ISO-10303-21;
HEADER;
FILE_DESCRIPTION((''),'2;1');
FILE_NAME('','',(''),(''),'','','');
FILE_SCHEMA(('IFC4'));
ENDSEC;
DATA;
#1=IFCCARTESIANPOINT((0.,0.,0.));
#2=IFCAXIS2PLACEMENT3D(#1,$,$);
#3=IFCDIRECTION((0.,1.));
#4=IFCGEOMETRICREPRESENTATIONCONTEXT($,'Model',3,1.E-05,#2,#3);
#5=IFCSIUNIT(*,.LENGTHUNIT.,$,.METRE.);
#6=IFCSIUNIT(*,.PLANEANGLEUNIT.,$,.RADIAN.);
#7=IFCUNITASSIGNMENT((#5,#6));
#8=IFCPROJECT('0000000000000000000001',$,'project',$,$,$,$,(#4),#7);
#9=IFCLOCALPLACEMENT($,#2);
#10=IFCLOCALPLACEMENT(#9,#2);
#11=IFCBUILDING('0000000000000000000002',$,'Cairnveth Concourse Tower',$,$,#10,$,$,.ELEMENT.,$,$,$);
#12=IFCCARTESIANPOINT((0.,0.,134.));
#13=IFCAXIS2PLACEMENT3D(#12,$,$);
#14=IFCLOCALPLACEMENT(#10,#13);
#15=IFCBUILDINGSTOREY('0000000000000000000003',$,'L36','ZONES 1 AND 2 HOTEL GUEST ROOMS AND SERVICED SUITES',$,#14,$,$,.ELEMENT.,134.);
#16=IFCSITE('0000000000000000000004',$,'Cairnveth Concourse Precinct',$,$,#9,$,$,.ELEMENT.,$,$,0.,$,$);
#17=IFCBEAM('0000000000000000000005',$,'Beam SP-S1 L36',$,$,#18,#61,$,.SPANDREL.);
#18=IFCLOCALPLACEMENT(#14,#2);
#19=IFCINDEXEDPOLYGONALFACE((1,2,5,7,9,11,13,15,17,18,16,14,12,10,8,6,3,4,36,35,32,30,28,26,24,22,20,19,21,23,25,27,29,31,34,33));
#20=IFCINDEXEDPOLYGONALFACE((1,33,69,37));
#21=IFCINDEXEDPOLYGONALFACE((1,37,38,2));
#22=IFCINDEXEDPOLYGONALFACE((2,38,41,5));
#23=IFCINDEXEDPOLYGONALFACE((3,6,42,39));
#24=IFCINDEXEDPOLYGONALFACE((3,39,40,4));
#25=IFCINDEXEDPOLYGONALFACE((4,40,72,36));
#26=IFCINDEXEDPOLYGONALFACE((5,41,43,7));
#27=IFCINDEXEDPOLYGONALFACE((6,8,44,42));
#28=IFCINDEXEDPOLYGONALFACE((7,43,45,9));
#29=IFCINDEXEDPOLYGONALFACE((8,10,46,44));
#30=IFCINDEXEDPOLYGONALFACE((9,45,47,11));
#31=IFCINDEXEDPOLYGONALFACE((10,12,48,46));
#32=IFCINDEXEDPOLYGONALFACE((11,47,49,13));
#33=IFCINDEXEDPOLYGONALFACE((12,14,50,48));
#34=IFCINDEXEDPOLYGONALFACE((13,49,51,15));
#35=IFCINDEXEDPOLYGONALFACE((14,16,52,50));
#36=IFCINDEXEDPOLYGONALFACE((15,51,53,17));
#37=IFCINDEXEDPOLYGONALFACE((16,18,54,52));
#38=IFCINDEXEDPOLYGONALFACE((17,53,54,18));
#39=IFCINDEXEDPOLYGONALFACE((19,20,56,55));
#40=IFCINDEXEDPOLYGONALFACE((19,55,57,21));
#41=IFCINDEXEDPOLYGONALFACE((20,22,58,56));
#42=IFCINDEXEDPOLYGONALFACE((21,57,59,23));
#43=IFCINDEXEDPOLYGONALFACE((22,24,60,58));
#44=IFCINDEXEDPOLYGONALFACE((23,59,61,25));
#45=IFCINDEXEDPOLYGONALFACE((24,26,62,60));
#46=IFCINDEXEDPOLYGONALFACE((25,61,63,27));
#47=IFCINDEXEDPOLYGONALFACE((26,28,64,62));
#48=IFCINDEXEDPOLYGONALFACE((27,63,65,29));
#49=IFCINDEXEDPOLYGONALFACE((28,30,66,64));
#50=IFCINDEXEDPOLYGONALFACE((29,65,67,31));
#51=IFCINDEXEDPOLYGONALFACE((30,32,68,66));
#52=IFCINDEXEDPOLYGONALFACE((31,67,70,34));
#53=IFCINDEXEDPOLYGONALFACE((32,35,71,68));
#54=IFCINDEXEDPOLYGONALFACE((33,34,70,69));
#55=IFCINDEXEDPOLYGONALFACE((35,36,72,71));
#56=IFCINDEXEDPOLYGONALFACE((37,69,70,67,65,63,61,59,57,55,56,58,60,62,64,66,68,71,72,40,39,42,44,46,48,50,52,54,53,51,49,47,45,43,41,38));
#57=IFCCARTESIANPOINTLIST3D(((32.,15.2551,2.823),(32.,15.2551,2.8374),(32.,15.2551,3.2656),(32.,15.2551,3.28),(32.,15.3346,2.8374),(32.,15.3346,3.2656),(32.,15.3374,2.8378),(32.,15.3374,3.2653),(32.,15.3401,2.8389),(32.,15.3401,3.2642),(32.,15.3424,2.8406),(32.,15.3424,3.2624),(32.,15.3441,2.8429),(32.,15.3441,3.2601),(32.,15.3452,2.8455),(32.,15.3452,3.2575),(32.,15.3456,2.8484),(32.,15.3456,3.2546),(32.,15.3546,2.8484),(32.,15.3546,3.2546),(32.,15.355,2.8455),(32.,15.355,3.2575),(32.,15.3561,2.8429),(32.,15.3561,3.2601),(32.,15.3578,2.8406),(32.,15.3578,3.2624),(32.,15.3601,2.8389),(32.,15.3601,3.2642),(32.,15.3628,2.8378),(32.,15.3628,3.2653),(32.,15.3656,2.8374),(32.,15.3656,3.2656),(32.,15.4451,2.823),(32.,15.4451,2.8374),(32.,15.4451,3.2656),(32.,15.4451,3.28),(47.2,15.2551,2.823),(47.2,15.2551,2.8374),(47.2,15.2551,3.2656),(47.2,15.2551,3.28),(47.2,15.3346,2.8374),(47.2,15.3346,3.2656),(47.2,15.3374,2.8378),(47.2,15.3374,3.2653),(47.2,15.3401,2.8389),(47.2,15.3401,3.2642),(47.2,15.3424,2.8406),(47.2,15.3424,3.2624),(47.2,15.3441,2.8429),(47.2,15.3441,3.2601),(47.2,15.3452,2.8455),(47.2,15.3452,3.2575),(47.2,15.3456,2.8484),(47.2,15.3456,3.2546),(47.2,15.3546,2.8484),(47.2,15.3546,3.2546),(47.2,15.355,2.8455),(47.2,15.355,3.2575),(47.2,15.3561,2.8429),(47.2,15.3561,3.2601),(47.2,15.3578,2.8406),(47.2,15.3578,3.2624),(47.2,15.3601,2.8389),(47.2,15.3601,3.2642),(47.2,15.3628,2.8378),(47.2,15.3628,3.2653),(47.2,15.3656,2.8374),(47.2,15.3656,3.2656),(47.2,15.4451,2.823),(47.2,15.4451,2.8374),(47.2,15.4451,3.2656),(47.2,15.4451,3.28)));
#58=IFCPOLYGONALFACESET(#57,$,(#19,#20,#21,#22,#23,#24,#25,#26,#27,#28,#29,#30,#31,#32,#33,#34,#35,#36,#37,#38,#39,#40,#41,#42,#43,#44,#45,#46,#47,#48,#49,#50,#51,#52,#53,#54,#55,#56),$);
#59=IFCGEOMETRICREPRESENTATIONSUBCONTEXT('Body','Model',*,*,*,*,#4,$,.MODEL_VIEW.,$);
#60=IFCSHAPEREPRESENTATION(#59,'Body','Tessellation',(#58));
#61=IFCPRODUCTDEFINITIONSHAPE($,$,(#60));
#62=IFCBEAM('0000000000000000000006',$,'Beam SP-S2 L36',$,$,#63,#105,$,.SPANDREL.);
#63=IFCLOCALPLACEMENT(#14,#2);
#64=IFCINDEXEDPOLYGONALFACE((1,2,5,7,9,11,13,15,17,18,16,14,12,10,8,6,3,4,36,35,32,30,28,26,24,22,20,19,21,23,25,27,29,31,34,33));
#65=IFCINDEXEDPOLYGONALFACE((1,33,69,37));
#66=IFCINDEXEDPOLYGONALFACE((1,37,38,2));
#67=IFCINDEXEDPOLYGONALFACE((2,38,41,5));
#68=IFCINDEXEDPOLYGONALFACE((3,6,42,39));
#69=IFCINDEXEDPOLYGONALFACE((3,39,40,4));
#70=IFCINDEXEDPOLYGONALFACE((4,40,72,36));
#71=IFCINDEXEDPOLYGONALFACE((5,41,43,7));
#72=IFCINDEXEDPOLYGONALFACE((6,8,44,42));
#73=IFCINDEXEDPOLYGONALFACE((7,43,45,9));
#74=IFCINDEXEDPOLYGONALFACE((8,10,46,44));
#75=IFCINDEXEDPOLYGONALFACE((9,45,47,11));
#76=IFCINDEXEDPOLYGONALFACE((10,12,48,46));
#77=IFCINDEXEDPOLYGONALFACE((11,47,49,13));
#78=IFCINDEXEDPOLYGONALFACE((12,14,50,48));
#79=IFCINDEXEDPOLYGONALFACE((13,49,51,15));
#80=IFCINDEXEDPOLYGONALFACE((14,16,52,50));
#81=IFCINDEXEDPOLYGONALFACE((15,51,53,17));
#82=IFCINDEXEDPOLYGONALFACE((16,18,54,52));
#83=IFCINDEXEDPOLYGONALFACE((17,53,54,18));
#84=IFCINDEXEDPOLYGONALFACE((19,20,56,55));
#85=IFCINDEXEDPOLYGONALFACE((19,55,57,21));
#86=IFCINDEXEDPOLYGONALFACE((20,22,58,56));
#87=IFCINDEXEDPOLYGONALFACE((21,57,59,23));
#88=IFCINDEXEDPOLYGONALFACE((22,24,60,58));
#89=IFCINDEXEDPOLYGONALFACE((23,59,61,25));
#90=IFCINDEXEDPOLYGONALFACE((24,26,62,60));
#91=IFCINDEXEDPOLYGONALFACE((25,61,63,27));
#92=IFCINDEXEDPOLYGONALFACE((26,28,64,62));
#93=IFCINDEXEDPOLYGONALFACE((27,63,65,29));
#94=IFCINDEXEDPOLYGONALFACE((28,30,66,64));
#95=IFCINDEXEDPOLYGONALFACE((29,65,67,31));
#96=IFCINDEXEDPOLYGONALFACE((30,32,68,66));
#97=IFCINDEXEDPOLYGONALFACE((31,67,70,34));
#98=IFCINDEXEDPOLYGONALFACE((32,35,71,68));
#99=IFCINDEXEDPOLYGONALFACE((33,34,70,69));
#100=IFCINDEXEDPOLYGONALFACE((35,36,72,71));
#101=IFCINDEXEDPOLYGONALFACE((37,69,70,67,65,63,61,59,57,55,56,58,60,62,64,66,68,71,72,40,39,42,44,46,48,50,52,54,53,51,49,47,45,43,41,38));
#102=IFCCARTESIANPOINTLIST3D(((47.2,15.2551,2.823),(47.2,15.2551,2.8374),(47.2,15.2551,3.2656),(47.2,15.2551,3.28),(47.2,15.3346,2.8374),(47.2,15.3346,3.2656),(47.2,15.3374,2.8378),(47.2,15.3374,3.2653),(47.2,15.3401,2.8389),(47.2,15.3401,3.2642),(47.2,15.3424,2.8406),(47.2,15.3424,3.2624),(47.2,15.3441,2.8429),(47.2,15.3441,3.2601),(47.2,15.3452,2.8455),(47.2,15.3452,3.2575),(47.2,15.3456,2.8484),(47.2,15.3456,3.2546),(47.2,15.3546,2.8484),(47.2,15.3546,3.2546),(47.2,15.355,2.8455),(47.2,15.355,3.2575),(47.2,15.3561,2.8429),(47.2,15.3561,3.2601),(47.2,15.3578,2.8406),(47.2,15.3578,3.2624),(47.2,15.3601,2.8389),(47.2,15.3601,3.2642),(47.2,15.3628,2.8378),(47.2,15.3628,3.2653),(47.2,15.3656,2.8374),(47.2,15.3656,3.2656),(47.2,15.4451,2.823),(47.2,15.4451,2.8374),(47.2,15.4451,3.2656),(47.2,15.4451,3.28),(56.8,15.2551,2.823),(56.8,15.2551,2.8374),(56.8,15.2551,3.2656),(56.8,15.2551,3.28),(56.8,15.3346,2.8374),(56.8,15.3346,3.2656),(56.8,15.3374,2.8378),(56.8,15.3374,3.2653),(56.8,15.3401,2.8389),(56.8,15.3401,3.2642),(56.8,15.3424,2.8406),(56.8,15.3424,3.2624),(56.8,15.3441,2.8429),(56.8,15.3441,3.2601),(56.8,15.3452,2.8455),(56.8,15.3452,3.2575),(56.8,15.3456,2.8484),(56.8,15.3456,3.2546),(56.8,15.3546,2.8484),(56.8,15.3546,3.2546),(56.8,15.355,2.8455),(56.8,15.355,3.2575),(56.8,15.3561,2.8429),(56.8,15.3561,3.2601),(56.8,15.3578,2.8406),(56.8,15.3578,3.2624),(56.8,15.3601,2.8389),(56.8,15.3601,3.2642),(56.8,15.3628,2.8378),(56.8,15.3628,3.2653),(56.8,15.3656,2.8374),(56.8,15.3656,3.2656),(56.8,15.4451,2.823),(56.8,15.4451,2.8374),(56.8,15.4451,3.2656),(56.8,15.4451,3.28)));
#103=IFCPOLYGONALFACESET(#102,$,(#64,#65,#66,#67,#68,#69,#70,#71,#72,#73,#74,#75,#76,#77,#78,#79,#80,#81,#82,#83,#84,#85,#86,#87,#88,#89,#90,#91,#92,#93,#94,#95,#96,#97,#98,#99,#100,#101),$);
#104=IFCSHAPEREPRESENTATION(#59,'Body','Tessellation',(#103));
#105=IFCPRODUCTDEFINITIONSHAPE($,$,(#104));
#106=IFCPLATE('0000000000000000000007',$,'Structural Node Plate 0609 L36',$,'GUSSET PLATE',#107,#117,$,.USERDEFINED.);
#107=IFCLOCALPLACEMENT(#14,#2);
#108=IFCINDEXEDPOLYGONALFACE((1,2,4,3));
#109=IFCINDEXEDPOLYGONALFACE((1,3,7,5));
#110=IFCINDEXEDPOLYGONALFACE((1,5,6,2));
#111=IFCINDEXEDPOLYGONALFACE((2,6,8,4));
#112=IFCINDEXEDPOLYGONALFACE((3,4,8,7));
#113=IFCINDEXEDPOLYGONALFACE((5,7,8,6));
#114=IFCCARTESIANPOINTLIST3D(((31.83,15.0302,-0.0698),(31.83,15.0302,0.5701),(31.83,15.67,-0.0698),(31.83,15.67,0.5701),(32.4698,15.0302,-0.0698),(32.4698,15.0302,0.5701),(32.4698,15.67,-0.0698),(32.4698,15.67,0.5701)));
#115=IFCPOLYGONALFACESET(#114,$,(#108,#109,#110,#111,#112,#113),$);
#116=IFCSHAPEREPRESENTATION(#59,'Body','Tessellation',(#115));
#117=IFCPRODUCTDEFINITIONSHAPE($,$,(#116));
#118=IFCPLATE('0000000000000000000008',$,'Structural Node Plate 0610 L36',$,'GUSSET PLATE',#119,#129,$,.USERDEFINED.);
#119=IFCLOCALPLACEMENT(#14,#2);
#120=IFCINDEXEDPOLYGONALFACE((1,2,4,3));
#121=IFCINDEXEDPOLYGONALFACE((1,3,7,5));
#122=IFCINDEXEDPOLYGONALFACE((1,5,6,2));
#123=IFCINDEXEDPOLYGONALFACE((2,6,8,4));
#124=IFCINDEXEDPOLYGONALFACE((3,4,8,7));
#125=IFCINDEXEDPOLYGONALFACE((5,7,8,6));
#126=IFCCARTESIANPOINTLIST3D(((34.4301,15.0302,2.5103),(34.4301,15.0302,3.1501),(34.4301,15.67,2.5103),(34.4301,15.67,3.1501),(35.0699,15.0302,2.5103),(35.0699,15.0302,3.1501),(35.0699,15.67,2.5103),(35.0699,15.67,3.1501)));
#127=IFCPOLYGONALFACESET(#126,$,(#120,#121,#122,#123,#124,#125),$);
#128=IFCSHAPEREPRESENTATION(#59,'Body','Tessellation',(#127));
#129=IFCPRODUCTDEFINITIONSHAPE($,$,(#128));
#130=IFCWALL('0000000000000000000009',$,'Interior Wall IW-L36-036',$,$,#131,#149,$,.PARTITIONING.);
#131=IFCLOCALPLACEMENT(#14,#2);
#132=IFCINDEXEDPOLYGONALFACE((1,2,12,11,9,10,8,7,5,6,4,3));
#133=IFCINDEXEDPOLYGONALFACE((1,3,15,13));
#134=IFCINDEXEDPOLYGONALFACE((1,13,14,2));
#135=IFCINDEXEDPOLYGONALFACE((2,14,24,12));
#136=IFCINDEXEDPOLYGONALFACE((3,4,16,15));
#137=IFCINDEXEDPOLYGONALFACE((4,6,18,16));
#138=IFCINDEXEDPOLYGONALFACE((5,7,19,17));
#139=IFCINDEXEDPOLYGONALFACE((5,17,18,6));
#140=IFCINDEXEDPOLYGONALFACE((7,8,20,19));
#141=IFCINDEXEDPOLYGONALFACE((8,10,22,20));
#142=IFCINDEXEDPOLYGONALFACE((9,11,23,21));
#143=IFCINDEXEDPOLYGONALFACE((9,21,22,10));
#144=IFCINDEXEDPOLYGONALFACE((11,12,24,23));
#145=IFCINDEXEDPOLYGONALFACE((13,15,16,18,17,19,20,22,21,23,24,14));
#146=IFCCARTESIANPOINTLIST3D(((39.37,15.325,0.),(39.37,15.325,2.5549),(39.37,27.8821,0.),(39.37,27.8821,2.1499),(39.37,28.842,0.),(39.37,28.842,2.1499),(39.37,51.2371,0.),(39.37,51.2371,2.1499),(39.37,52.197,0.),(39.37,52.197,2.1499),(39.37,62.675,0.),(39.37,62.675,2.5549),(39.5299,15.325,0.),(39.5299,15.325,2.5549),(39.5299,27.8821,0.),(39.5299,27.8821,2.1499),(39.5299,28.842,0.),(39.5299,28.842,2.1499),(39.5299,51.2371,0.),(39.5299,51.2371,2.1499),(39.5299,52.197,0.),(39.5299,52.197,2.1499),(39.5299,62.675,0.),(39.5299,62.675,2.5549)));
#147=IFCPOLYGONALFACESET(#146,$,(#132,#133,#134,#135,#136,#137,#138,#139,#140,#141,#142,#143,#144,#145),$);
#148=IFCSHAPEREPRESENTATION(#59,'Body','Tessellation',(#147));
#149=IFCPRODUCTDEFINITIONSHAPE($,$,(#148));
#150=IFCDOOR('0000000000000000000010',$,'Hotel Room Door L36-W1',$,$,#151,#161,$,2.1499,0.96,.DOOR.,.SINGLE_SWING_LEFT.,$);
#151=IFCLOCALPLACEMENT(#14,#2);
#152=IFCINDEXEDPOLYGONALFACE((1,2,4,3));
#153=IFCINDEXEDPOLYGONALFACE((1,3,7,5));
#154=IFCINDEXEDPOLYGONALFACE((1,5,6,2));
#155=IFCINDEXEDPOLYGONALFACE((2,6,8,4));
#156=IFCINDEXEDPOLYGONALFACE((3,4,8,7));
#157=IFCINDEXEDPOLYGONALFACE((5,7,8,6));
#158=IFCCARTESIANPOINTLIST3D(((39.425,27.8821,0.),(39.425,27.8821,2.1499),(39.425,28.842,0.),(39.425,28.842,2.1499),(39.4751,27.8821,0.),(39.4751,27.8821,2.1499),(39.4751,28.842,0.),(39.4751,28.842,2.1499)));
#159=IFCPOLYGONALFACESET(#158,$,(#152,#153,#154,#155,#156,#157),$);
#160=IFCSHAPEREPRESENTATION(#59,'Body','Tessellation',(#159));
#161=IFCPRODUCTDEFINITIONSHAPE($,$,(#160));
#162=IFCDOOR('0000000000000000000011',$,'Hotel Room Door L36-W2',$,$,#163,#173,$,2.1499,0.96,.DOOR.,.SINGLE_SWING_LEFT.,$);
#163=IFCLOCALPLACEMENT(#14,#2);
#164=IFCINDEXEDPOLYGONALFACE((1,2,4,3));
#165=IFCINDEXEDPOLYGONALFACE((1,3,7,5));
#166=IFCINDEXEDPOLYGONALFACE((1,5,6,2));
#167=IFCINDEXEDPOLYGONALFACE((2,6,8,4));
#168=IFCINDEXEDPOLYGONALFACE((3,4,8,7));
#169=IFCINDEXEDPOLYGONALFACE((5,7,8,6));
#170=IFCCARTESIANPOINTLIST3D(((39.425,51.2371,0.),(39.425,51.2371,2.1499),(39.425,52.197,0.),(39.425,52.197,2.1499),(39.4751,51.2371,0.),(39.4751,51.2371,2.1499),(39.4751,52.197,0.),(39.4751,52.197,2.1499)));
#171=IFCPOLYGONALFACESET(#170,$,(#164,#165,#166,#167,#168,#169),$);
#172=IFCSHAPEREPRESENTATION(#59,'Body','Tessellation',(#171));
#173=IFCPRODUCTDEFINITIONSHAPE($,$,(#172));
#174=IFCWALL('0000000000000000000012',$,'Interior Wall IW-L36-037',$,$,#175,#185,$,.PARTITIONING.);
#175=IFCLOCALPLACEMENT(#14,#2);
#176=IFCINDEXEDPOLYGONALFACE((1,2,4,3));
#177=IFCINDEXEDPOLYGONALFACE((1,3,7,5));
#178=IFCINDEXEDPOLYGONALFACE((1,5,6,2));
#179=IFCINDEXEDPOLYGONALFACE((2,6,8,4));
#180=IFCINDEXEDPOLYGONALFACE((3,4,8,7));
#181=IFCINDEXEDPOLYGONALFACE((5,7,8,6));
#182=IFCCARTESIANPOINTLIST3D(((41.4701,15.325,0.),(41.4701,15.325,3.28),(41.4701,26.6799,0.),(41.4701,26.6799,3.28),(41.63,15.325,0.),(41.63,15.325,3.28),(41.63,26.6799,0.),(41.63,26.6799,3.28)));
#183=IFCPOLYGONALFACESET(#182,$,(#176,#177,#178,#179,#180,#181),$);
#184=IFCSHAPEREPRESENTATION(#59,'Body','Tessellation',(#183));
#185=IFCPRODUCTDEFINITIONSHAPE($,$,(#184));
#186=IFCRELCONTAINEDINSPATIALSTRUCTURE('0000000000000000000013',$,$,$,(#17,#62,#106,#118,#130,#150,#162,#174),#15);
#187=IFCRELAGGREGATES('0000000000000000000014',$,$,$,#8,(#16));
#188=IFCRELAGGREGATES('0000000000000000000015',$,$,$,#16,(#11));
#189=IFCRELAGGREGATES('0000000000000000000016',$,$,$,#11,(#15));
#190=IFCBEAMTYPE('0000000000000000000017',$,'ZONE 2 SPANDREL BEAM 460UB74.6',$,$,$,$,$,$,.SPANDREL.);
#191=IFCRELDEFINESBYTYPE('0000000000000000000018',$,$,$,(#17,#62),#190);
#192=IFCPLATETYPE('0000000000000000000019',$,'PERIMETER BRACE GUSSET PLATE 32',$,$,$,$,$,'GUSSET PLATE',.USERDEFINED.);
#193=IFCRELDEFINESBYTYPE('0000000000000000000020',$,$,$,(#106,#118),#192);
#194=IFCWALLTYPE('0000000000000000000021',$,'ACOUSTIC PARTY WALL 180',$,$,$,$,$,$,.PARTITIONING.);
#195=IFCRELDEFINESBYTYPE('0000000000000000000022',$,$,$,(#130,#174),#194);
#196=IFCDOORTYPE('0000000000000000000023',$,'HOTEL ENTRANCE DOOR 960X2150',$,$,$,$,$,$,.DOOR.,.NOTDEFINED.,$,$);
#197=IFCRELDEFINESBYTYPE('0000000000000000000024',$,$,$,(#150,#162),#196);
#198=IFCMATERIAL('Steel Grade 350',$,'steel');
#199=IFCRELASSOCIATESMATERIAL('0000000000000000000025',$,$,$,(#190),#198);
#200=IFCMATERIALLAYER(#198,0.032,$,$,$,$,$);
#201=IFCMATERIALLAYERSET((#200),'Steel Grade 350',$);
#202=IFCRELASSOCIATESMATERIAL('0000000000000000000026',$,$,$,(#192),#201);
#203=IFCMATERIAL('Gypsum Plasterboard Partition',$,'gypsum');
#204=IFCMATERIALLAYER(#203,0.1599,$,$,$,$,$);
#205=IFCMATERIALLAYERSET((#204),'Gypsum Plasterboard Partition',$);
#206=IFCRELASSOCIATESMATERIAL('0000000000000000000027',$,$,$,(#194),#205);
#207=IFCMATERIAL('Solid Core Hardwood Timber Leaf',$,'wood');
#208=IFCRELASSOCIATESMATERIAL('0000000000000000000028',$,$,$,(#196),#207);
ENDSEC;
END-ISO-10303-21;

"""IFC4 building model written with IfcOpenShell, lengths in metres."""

from ifc_helpers import new_model, si_unit, direction, frame, frame_2d, origin, origin_2d, place, context, subcontext, project, spatial, rectangle, i_section, extrude, material, layer, layer_set, material_profile, profile_set, type_object, element, fill, save


model = new_model("IFC4")

# Units and contexts
model_context = context("Model", 3, precision=1e-05, world=origin(), true_north=direction((0.0, 1.0)))
body_context = subcontext(model_context, "Body", "Model", "MODEL_VIEW")
ifc_project = project(units=[si_unit("LENGTHUNIT", "METRE"), si_unit("PLANEANGLEUNIT", "RADIAN")], contexts=[model_context])

# Site, building, storey
site_placement = place(None, origin())
site = spatial("IfcSite", under=ifc_project, at=site_placement, Name="Cairnveth Concourse Precinct", CompositionType="ELEMENT", RefElevation=0.0)
building_placement = place(site_placement, origin())
building = spatial("IfcBuilding", under=site, at=building_placement, Name="Cairnveth Concourse Tower", CompositionType="ELEMENT")
storey_placement = place(building_placement, frame((0.0, 0.0, 134.0)))
storey = spatial("IfcBuildingStorey", under=building, at=storey_placement, Name="L36", Description="ZONES 1 AND 2 HOTEL GUEST ROOMS AND SERVICED SUITES", CompositionType="ELEMENT", Elevation=134.0)

# Shared definitions
ifc_material_1 = material(Name="Steel Grade 350", Category="steel")

# Beams
ifc_material_profile_1 = material_profile(ifc_material_1, i_section(OverallWidth=0.1899, OverallDepth=0.457, WebThickness=0.009, FlangeThickness=0.0144, FilletRadius=0.011, at=origin_2d()), Name="460UB74.6")
ifc_profile_set_1 = profile_set([ifc_material_profile_1], Name="Steel Grade 350")
beam_type_1 = type_object("IfcBeamType", Name="ZONE 2 SPANDREL BEAM 460UB74.6", PredefinedType="SPANDREL", material=ifc_profile_set_1)
beam_1_placement = place(storey_placement, frame((32.0, 15.3501, 3.0515), z_axis=(1.0, 0.0, 0.0), x_axis=(0.0, 1.0, 0.0)))
element("IfcBeam", 1, at=beam_1_placement, inside=storey, type_object=beam_type_1, Name="Beam SP-S1 L36", PredefinedType="SPANDREL", context=body_context, shape_type="SweptSolid", body=[
    extrude(i_section(OverallWidth=0.1899, OverallDepth=0.457, WebThickness=0.009, FlangeThickness=0.0144, FilletRadius=0.011, at=origin_2d()), origin(), (0.0, 0.0, 1.0), 15.2),
])
beam_2_placement = place(storey_placement, frame((47.2, 15.3501, 3.0515), z_axis=(1.0, 0.0, 0.0), x_axis=(0.0, 1.0, 0.0)))
element("IfcBeam", 2, at=beam_2_placement, inside=storey, type_object=beam_type_1, Name="Beam SP-S2 L36", PredefinedType="SPANDREL", context=body_context, shape_type="SweptSolid", body=[
    extrude(i_section(OverallWidth=0.1899, OverallDepth=0.457, WebThickness=0.009, FlangeThickness=0.0144, FilletRadius=0.011, at=origin_2d()), origin(), (0.0, 0.0, 1.0), 9.6001),
])

# Plates
ifc_layer_1 = layer(ifc_material_1, 0.032)
ifc_layer_set_1 = layer_set([ifc_layer_1], Name="Steel Grade 350")
plate_type = type_object("IfcPlateType", Name="PERIMETER BRACE GUSSET PLATE 32", ElementType="GUSSET PLATE", PredefinedType="USERDEFINED", material=ifc_layer_set_1)
for number, where, z_axis, x_axis, name in (
    (3, (32.1499, 15.3501, -0.0698), (0.0, 0.0, 1.0), (1.0, 0.0, 0.0), "Structural Node Plate 0609 L36"),
    (4, (34.75, 15.3501, 2.5103), (0.0, 0.0, 1.0), (1.0, 0.0, 0.0), "Structural Node Plate 0610 L36"),
):
    element("IfcPlate", number, at=place(storey_placement, frame(where, z_axis=z_axis, x_axis=x_axis)), inside=storey, type_object=plate_type, Name=name, ObjectType="GUSSET PLATE", PredefinedType="USERDEFINED", context=body_context, shape_type="SweptSolid", body=[
        extrude(rectangle(XDim=0.6399, YDim=0.6399, at=origin_2d()), origin(), (0.0, 0.0, 1.0), 0.6399),
    ])

# Wall, openings, doors
ifc_material_2 = material(Name="Gypsum Plasterboard Partition", Category="gypsum")
ifc_layer_2 = layer(ifc_material_2, 0.1599)
ifc_layer_set_2 = layer_set([ifc_layer_2], Name="Gypsum Plasterboard Partition")
wall_type_1 = type_object("IfcWallType", Name="ACOUSTIC PARTY WALL 180", PredefinedType="PARTITIONING", material=ifc_layer_set_2)
wall_1_placement = place(storey_placement, frame((39.45, 15.325, 0.0), z_axis=(0.0, 0.0, 1.0), x_axis=(0.0, 1.0, 0.0)))
wall_1 = element("IfcWall", 5, at=wall_1_placement, inside=storey, type_object=wall_type_1, Name="Interior Wall IW-L36-036", PredefinedType="PARTITIONING", context=body_context, shape_type="SweptSolid", body=[
    extrude(rectangle(XDim=47.3501, YDim=0.1599, at=frame_2d((23.675, 0.0))), origin(), (0.0, 0.0, 1.0), 2.5549),
])
opening_1_placement = place(wall_1_placement, frame((12.5571, 0.0, 0.0)))
opening_1 = element("IfcOpeningElement", 6, at=opening_1_placement, cuts=wall_1, PredefinedType="OPENING", context=body_context, shape_type="SweptSolid", body=[
    extrude(rectangle(XDim=0.96, YDim=2.1499, at=frame_2d((0.48, 1.075))), frame((0.0, 0.0898, 0.0), z_axis=(0.0, -1.0, 0.0), x_axis=(1.0, 0.0, 0.0)), (0.0, 0.0, 1.0), 0.1799),
])
opening_2_placement = place(wall_1_placement, frame((35.9121, 0.0, 0.0)))
opening_2 = element("IfcOpeningElement", 7, at=opening_2_placement, cuts=wall_1, PredefinedType="OPENING", context=body_context, shape_type="SweptSolid", body=[
    extrude(rectangle(XDim=0.96, YDim=2.1499, at=frame_2d((0.48, 1.075))), frame((0.0, 0.0898, 0.0), z_axis=(0.0, -1.0, 0.0), x_axis=(1.0, 0.0, 0.0)), (0.0, 0.0, 1.0), 0.1799),
])
ifc_material_3 = material(Name="Solid Core Hardwood Timber Leaf", Category="wood")
door_type = type_object("IfcDoorType", Name="HOTEL ENTRANCE DOOR 960X2150", OperationType="NOTDEFINED", PredefinedType="DOOR", material=ifc_material_3)
door_1_placement = place(opening_1_placement, origin())
door_1 = element("IfcDoor", 8, at=door_1_placement, inside=storey, type_object=door_type, Name="Hotel Room Door L36-W1", OperationType="SINGLE_SWING_LEFT", OverallHeight=2.1499, OverallWidth=0.96, PredefinedType="DOOR", context=body_context, shape_type="SweptSolid", body=[
    extrude(rectangle(XDim=0.96, YDim=2.1499, at=frame_2d((0.48, 1.075))), frame((0.0, 0.0249, 0.0), z_axis=(0.0, -1.0, 0.0), x_axis=(1.0, 0.0, 0.0)), (0.0, 0.0, 1.0), 0.05),
])
fill(opening_1, door_1)
door_2_placement = place(opening_2_placement, origin())
door_2 = element("IfcDoor", 9, at=door_2_placement, inside=storey, type_object=door_type, Name="Hotel Room Door L36-W2", OperationType="SINGLE_SWING_LEFT", OverallHeight=2.1499, OverallWidth=0.96, PredefinedType="DOOR", context=body_context, shape_type="SweptSolid", body=[
    extrude(rectangle(XDim=0.96, YDim=2.1499, at=frame_2d((0.48, 1.075))), frame((0.0, 0.0249, 0.0), z_axis=(0.0, -1.0, 0.0), x_axis=(1.0, 0.0, 0.0)), (0.0, 0.0, 1.0), 0.05),
])
fill(opening_2, door_2)

# Wall
wall_2_placement = place(storey_placement, frame((41.55, 15.325, 0.0), z_axis=(0.0, 0.0, 1.0), x_axis=(0.0, 1.0, 0.0)))
element("IfcWall", 10, at=wall_2_placement, inside=storey, type_object=wall_type_1, Name="Interior Wall IW-L36-037", PredefinedType="PARTITIONING", context=body_context, shape_type="SweptSolid", body=[
    extrude(rectangle(XDim=11.355, YDim=0.1599, at=frame_2d((5.6775, 0.0))), origin(), (0.0, 0.0, 1.0), 3.28),
])

save(model, "model.ifc")
